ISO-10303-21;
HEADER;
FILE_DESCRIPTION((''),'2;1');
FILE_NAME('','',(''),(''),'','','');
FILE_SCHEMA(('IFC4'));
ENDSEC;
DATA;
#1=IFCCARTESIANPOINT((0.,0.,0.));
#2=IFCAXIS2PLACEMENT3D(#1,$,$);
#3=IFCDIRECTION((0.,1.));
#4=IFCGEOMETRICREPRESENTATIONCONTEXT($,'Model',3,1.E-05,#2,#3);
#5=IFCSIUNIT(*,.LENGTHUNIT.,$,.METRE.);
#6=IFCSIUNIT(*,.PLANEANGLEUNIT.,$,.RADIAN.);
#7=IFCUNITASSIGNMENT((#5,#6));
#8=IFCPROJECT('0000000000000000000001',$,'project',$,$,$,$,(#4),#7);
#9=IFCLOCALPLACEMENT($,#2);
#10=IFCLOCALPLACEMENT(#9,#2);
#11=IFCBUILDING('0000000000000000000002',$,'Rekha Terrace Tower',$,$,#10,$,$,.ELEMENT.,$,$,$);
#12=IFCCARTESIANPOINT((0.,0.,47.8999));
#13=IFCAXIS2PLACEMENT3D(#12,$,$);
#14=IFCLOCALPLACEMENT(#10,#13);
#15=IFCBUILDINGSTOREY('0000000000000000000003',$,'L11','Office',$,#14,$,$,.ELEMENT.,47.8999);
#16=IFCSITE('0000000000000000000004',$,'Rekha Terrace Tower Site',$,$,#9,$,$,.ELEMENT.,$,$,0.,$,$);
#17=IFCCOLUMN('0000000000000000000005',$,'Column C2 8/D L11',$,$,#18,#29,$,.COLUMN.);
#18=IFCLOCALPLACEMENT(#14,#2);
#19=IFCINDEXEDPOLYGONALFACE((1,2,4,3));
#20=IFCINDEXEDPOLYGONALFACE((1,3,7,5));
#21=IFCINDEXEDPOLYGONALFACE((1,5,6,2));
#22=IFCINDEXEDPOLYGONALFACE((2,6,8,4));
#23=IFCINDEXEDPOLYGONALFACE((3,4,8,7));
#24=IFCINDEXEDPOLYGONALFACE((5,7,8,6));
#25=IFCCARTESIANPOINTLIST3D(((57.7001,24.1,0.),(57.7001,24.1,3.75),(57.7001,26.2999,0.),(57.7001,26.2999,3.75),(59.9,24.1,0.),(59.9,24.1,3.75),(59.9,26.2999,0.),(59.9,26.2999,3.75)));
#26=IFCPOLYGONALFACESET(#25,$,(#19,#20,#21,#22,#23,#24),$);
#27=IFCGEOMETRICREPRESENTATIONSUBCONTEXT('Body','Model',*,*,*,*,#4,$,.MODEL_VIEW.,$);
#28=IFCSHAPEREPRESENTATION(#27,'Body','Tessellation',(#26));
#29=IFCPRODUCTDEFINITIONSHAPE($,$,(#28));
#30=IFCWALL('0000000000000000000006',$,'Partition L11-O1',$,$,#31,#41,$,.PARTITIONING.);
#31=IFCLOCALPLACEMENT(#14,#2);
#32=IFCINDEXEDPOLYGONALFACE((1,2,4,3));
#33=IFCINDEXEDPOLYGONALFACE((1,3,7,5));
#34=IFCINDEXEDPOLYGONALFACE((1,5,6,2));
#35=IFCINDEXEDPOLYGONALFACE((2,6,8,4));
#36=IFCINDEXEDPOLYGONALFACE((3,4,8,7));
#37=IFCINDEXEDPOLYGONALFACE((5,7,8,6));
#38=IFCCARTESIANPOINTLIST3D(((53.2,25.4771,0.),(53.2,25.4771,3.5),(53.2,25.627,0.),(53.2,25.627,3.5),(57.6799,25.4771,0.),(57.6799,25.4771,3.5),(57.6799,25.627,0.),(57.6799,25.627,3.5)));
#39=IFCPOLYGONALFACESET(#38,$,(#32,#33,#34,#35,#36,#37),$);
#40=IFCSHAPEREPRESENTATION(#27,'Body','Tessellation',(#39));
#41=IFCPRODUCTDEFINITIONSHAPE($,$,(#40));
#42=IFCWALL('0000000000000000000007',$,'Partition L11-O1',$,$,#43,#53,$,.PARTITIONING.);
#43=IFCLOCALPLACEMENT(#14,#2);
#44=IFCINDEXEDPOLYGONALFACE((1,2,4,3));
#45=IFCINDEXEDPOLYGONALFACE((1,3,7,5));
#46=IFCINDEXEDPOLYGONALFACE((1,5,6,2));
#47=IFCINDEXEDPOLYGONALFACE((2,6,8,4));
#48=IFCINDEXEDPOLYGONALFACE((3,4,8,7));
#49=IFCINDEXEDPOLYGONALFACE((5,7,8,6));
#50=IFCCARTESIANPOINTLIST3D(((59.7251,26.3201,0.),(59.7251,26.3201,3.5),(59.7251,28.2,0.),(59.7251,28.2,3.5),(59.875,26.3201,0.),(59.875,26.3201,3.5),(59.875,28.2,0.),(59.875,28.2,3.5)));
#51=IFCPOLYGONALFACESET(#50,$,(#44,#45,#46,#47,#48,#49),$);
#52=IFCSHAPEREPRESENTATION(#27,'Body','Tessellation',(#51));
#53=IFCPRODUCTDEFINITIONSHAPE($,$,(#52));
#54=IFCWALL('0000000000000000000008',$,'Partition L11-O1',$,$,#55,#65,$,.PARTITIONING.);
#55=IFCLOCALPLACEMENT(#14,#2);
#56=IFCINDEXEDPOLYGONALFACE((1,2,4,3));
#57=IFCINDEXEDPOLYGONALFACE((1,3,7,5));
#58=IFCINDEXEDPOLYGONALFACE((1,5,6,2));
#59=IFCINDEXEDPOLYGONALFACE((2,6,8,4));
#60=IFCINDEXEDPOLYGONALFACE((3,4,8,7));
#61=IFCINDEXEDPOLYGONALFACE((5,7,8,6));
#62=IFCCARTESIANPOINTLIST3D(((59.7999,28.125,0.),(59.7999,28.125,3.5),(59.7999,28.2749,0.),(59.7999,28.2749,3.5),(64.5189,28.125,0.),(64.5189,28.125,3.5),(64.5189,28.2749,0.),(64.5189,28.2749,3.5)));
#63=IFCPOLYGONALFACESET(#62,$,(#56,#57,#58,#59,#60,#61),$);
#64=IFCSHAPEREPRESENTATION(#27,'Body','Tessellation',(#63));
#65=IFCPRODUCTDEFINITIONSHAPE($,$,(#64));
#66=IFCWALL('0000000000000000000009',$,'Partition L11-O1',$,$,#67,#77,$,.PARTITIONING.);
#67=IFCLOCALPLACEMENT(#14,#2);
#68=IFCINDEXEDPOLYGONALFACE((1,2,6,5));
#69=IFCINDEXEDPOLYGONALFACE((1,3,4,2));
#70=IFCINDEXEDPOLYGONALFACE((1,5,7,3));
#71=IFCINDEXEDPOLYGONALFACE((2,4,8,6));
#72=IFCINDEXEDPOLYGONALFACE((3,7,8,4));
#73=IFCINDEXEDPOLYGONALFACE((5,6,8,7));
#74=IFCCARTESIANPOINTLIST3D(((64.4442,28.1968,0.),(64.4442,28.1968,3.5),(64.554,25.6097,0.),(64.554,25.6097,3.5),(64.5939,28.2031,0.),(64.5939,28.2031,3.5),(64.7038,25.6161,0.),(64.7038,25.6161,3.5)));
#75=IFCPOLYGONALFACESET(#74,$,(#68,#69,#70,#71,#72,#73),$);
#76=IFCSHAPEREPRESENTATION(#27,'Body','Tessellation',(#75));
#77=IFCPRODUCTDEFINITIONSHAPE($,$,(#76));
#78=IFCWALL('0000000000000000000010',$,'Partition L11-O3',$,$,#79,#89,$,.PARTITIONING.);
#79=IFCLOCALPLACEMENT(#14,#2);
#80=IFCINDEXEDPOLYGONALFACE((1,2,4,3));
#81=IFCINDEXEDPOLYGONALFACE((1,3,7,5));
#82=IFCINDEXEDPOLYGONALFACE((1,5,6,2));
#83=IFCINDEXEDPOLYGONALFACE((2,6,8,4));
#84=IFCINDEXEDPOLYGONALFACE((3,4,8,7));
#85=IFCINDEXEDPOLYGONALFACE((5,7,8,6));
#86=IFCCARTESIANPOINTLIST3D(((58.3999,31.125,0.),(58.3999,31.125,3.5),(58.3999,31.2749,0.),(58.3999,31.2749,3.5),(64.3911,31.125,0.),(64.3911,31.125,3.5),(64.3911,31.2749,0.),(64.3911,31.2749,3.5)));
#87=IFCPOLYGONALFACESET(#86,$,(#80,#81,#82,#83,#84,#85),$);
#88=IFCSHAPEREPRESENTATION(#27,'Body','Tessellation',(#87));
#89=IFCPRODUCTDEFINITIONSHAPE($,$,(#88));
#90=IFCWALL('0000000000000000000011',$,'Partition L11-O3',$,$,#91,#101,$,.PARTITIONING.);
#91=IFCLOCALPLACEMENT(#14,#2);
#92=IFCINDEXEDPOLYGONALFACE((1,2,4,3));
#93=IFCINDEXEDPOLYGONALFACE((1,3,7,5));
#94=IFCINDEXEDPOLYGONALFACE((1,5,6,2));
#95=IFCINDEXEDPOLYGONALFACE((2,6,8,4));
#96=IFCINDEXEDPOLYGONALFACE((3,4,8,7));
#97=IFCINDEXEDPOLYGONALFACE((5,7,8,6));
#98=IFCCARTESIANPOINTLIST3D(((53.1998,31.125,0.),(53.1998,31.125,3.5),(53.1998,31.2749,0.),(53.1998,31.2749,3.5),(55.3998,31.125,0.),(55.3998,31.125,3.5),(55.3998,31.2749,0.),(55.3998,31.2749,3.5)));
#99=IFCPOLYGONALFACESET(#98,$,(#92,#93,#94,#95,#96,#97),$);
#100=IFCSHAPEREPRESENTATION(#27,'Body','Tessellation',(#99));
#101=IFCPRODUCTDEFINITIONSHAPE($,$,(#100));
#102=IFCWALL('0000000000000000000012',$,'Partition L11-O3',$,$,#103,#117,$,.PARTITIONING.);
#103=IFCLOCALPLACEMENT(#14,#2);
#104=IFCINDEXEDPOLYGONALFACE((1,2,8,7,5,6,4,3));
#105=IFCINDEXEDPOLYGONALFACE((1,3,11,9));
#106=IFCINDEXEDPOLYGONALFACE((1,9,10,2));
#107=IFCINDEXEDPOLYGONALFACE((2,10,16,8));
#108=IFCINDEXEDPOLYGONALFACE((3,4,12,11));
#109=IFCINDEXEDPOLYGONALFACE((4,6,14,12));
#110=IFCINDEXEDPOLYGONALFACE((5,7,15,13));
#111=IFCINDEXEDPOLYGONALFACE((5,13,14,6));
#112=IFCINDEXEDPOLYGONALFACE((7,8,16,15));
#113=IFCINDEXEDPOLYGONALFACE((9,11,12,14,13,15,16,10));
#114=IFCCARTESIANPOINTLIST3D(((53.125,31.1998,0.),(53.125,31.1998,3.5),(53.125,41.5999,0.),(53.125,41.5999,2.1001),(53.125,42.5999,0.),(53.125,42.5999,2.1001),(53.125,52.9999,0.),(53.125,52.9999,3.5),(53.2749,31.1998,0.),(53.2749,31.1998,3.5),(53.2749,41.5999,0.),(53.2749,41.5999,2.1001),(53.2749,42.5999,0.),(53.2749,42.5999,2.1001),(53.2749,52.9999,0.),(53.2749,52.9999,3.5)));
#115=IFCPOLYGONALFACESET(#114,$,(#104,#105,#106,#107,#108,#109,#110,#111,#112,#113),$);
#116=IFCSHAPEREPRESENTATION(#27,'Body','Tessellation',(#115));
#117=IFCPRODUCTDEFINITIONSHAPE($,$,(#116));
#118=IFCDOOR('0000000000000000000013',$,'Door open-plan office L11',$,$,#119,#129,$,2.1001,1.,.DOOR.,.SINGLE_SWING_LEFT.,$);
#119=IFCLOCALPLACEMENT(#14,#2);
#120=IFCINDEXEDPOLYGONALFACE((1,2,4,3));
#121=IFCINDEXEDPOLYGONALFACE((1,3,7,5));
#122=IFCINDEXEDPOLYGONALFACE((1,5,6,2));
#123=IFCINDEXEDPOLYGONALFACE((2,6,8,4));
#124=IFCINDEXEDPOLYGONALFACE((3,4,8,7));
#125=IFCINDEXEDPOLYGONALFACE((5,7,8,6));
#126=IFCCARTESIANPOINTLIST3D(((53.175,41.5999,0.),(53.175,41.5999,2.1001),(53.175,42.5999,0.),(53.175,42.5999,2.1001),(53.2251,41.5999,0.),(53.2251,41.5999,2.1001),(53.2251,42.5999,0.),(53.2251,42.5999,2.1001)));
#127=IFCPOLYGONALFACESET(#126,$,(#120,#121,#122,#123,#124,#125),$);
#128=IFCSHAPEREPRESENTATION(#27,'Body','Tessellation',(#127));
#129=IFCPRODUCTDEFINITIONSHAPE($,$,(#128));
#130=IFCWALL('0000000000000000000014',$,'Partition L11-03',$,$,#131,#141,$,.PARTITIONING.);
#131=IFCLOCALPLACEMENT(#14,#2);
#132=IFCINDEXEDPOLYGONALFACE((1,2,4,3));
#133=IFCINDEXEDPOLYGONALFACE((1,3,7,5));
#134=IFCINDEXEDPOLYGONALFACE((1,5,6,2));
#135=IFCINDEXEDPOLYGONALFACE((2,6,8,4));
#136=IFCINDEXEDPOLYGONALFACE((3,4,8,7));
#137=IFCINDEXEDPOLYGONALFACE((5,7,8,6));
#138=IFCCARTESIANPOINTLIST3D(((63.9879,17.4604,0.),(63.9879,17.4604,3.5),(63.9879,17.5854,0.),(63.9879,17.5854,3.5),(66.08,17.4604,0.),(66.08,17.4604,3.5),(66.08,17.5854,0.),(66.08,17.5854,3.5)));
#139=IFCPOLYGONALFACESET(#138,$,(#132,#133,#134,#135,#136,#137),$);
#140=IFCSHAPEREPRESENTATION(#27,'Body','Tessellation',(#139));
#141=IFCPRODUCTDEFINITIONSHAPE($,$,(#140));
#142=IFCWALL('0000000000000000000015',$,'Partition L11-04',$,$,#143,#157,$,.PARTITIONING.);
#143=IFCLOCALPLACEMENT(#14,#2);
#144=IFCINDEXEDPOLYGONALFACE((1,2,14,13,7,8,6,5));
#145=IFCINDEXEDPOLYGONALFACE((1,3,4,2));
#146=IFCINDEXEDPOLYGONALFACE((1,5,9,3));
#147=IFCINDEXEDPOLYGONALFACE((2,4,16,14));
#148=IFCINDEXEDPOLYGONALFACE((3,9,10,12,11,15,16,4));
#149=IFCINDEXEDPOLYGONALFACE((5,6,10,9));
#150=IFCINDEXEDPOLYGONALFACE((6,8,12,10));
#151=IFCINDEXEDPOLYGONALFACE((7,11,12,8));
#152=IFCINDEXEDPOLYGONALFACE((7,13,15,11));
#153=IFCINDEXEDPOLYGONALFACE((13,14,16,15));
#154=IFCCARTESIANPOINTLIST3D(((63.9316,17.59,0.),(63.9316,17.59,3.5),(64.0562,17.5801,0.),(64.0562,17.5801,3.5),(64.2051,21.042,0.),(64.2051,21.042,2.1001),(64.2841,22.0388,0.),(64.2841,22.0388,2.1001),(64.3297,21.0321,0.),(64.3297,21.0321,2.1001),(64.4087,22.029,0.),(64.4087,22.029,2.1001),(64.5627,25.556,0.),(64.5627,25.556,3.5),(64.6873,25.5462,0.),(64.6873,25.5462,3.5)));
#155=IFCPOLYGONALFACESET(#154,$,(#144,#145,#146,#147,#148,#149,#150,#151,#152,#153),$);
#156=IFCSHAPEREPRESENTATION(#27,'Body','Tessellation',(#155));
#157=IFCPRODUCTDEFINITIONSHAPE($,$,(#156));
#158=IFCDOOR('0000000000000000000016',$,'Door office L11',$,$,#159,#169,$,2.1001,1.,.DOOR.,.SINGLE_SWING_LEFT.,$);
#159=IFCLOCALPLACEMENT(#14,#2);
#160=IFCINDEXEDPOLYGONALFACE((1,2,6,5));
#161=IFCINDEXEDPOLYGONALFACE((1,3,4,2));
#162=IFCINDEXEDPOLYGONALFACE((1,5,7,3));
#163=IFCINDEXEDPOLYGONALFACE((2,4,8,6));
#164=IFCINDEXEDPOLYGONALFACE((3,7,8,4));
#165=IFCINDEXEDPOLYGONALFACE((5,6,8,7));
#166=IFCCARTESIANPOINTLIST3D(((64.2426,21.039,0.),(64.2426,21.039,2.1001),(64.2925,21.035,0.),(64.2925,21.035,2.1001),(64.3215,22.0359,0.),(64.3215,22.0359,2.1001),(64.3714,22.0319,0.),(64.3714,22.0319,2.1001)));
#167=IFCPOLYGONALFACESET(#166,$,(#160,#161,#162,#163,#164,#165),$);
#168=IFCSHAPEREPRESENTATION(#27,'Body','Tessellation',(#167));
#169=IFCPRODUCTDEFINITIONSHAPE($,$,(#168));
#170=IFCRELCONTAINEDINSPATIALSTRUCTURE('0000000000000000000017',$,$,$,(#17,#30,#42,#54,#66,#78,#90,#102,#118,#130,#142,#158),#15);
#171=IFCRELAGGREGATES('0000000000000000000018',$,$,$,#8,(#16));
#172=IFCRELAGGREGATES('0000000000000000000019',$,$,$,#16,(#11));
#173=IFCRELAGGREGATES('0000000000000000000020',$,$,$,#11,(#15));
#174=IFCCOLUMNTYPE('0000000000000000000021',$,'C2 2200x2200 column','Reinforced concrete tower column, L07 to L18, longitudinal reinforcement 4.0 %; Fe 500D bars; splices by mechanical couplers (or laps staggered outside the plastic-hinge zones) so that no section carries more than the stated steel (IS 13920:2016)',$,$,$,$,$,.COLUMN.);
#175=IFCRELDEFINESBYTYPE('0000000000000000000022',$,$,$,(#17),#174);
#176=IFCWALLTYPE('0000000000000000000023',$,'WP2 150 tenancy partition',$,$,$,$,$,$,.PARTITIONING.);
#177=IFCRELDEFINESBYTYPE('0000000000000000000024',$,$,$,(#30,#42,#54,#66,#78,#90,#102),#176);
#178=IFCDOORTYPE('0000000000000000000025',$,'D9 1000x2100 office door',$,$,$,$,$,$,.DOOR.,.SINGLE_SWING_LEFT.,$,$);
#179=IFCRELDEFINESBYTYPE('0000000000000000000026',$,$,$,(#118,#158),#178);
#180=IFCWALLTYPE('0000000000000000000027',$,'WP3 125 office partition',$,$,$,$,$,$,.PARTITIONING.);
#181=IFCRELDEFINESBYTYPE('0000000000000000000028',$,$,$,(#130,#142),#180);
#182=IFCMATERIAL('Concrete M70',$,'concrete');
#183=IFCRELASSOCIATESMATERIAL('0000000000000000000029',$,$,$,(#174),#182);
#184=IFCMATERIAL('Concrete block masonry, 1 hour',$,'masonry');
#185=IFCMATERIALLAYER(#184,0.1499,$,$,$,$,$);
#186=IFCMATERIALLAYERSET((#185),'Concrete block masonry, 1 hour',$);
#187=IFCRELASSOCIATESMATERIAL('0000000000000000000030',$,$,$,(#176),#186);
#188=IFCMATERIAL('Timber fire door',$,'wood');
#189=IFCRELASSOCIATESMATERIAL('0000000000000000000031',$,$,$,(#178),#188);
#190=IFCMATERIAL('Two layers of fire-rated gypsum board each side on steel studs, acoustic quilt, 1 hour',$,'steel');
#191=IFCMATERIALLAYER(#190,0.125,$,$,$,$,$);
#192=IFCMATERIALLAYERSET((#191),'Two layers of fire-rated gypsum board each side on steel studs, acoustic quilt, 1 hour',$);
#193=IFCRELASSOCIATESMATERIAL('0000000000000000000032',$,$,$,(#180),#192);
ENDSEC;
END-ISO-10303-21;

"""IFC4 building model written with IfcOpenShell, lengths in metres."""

from ifc_helpers import new_model, si_unit, direction, frame, frame_2d, origin, origin_2d, place, context, subcontext, project, spatial, rectangle, extrude, material, layer, layer_set, material_profile, profile_set, type_object, element, fill, save


model = new_model("IFC4")

# Units and contexts
model_context = context("Model", 3, precision=1e-05, world=origin(), true_north=direction((0.0, 1.0)))
body_context = subcontext(model_context, "Body", "Model", "MODEL_VIEW")
ifc_project = project(units=[si_unit("LENGTHUNIT", "METRE"), si_unit("PLANEANGLEUNIT", "RADIAN")], contexts=[model_context])

# Site, building, storey
site_placement = place(None, origin())
site = spatial("IfcSite", under=ifc_project, at=site_placement, Name="Rekha Terrace Tower Site", CompositionType="ELEMENT", RefElevation=0.0)
building_placement = place(site_placement, origin())
building = spatial("IfcBuilding", under=site, at=building_placement, Name="Rekha Terrace Tower", CompositionType="ELEMENT")
storey_placement = place(building_placement, frame((0.0, 0.0, 47.8999)))
storey = spatial("IfcBuildingStorey", under=building, at=storey_placement, Name="L11", Description="Office", CompositionType="ELEMENT", Elevation=47.8999)

# Column
ifc_material_1 = material(Name="Concrete M70", Category="concrete")
ifc_material_profile = material_profile(ifc_material_1, rectangle(XDim=2.2, YDim=2.2, at=origin_2d()), Name="RC 2200x2200")
ifc_profile_set = profile_set([ifc_material_profile], Name="Concrete M70")
column_type = type_object("IfcColumnType", Name="C2 2200x2200 column", Description="Reinforced concrete tower column, L07 to L18, longitudinal reinforcement 4.0 %; Fe 500D bars; splices by mechanical couplers (or laps staggered outside the plastic-hinge zones) so that no section carries more than the stated steel (IS 13920:2016)", PredefinedType="COLUMN", material=ifc_profile_set)
column_placement = place(storey_placement, frame((58.8, 25.2, 0.0), z_axis=(0.0, 0.0, 1.0), x_axis=(1.0, 0.0, 0.0)))
element("IfcColumn", 1, at=column_placement, inside=storey, type_object=column_type, Name="Column C2 8/D L11", PredefinedType="COLUMN", context=body_context, shape_type="SweptSolid", body=[
    extrude(rectangle(XDim=2.2, YDim=2.2, at=origin_2d()), origin(), (0.0, 0.0, 1.0), 3.75),
])

# Walls
ifc_material_2 = material(Name="Concrete block masonry, 1 hour", Category="masonry")
ifc_layer_1 = layer(ifc_material_2, 0.1499)
ifc_layer_set_1 = layer_set([ifc_layer_1], Name="Concrete block masonry, 1 hour")
wall_type_1 = type_object("IfcWallType", Name="WP2 150 tenancy partition", PredefinedType="PARTITIONING", material=ifc_layer_set_1)
wall_1_placement = place(storey_placement, frame((53.2, 25.552, 0.0), z_axis=(0.0, 0.0, 1.0), x_axis=(1.0, 0.0, 0.0)))
element("IfcWall", 2, at=wall_1_placement, inside=storey, type_object=wall_type_1, Name="Partition L11-O1", PredefinedType="PARTITIONING", context=body_context, shape_type="SweptSolid", body=[
    extrude(rectangle(XDim=4.48, YDim=0.1499, at=frame_2d((2.24, 0.0))), origin(), (0.0, 0.0, 1.0), 3.5),
])
wall_2_placement = place(storey_placement, frame((59.8, 26.3201, 0.0), z_axis=(0.0, 0.0, 1.0), x_axis=(0.0, 1.0, 0.0)))
element("IfcWall", 3, at=wall_2_placement, inside=storey, type_object=wall_type_1, Name="Partition L11-O1", PredefinedType="PARTITIONING", context=body_context, shape_type="SweptSolid", body=[
    extrude(rectangle(XDim=1.8799, YDim=0.1499, at=frame_2d((0.9399, 0.0))), origin(), (0.0, 0.0, 1.0), 3.5),
])
wall_3_placement = place(storey_placement, frame((59.8, 28.2, 0.0), z_axis=(0.0, 0.0, 1.0), x_axis=(1.0, 0.0, 0.0)))
element("IfcWall", 4, at=wall_3_placement, inside=storey, type_object=wall_type_1, Name="Partition L11-O1", PredefinedType="PARTITIONING", context=body_context, shape_type="SweptSolid", body=[
    extrude(rectangle(XDim=4.719, YDim=0.1499, at=frame_2d((2.3594, 0.0))), origin(), (0.0, 0.0, 1.0), 3.5),
])
wall_4_placement = place(storey_placement, frame((64.519, 28.2, 0.0), z_axis=(0.0, 0.0, 1.0), x_axis=(0.042431, -0.999099, 0.0)))
element("IfcWall", 5, at=wall_4_placement, inside=storey, type_object=wall_type_1, Name="Partition L11-O1", PredefinedType="PARTITIONING", context=body_context, shape_type="SweptSolid", body=[
    extrude(rectangle(XDim=2.5894, YDim=0.1499, at=frame_2d((1.2947, 0.0))), origin(), (0.0, 0.0, 1.0), 3.5),
])
wall_5_placement = place(storey_placement, frame((64.3911, 31.2, 0.0), z_axis=(0.0, 0.0, 1.0), x_axis=(-1.0, 0.0, 0.0)))
element("IfcWall", 6, at=wall_5_placement, inside=storey, type_object=wall_type_1, Name="Partition L11-O3", PredefinedType="PARTITIONING", context=body_context, shape_type="SweptSolid", body=[
    extrude(rectangle(XDim=5.9912, YDim=0.1499, at=frame_2d((2.9956, 0.0))), origin(), (0.0, 0.0, 1.0), 3.5),
])
wall_6_placement = place(storey_placement, frame((55.3999, 31.2, 0.0), z_axis=(0.0, 0.0, 1.0), x_axis=(-1.0, 0.0, 0.0)))
element("IfcWall", 7, at=wall_6_placement, inside=storey, type_object=wall_type_1, Name="Partition L11-O3", PredefinedType="PARTITIONING", context=body_context, shape_type="SweptSolid", body=[
    extrude(rectangle(XDim=2.2, YDim=0.1499, at=frame_2d((1.1001, 0.0))), origin(), (0.0, 0.0, 1.0), 3.5),
])

# Wall, opening, door
wall_7_placement = place(storey_placement, frame((53.2, 31.2, 0.0), z_axis=(0.0, 0.0, 1.0), x_axis=(0.0, 1.0, 0.0)))
wall_7 = element("IfcWall", 8, at=wall_7_placement, inside=storey, type_object=wall_type_1, Name="Partition L11-O3", PredefinedType="PARTITIONING", context=body_context, shape_type="SweptSolid", body=[
    extrude(rectangle(XDim=21.8, YDim=0.1499, at=frame_2d((10.8999, 0.0))), origin(), (0.0, 0.0, 1.0), 3.5),
])
opening_1_placement = place(wall_7_placement, frame((10.3999, 0.0, 0.0)))
opening_1 = element("IfcOpeningElement", 9, at=opening_1_placement, cuts=wall_7, PredefinedType="OPENING", context=body_context, shape_type="SweptSolid", body=[
    extrude(rectangle(XDim=1.0, YDim=2.1001, at=frame_2d((0.5, 1.05))), frame((0.0, 0.085, 0.0), z_axis=(0.0, -1.0, 0.0), x_axis=(1.0, 0.0, 0.0)), (0.0, 0.0, 1.0), 0.1699),
])
ifc_material_3 = material(Name="Timber fire door", Category="wood")
door_type_1 = type_object("IfcDoorType", Name="D9 1000x2100 office door", OperationType="SINGLE_SWING_LEFT", PredefinedType="DOOR", material=ifc_material_3)
door_1_placement = place(opening_1_placement, origin())
door_1 = element("IfcDoor", 10, at=door_1_placement, inside=storey, type_object=door_type_1, Name="Door open-plan office L11", OperationType="SINGLE_SWING_LEFT", OverallHeight=2.1001, OverallWidth=1.0, PredefinedType="DOOR", context=body_context, shape_type="SweptSolid", body=[
    extrude(rectangle(XDim=1.0, YDim=2.1001, at=frame_2d((0.5, 1.05))), frame((0.0, 0.0249, 0.0), z_axis=(0.0, -1.0, 0.0), x_axis=(1.0, 0.0, 0.0)), (0.0, 0.0, 1.0), 0.05),
])
fill(opening_1, door_1)

# Wall
ifc_material_4 = material(Name="Two layers of fire-rated gypsum board each side on steel studs, acoustic quilt, 1 hour", Category="steel")
ifc_layer_2 = layer(ifc_material_4, 0.125)
ifc_layer_set_2 = layer_set([ifc_layer_2], Name="Two layers of fire-rated gypsum board each side on steel studs, acoustic quilt, 1 hour")
wall_type_2 = type_object("IfcWallType", Name="WP3 125 office partition", PredefinedType="PARTITIONING", material=ifc_layer_set_2)
wall_8_placement = place(storey_placement, frame((63.988, 17.5229, 0.0), z_axis=(0.0, 0.0, 1.0), x_axis=(1.0, 0.0, 0.0)))
element("IfcWall", 11, at=wall_8_placement, inside=storey, type_object=wall_type_2, Name="Partition L11-03", PredefinedType="PARTITIONING", context=body_context, shape_type="SweptSolid", body=[
    extrude(rectangle(XDim=2.092, YDim=0.125, at=frame_2d((1.0459, 0.0))), origin(), (0.0, 0.0, 1.0), 3.5),
])

# Wall, opening, door
wall_9_placement = place(storey_placement, frame((63.9939, 17.585, 0.0), z_axis=(0.0, 0.0, 1.0), x_axis=(0.078977, 0.996876, 0.0)))
wall_9 = element("IfcWall", 12, at=wall_9_placement, inside=storey, type_object=wall_type_2, Name="Partition L11-04", PredefinedType="PARTITIONING", context=body_context, shape_type="SweptSolid", body=[
    extrude(rectangle(XDim=7.991, YDim=0.125, at=frame_2d((3.9956, 0.0))), origin(), (0.0, 0.0, 1.0), 3.5),
])
opening_2_placement = place(wall_9_placement, frame((3.4629, 0.0, 0.0)))
opening_2 = element("IfcOpeningElement", 13, at=opening_2_placement, cuts=wall_9, PredefinedType="OPENING", context=body_context, shape_type="SweptSolid", body=[
    extrude(rectangle(XDim=1.0, YDim=2.1001, at=frame_2d((0.5, 1.05))), frame((0.0, 0.0725, 0.0), z_axis=(0.0, -1.0, 0.0), x_axis=(1.0, 0.0, 0.0)), (0.0, 0.0, 1.0), 0.145),
])
door_2_placement = place(opening_2_placement, origin())
door_2 = element("IfcDoor", 14, at=door_2_placement, inside=storey, type_object=door_type_1, Name="Door office L11", OperationType="SINGLE_SWING_LEFT", OverallHeight=2.1001, OverallWidth=1.0, PredefinedType="DOOR", context=body_context, shape_type="SweptSolid", body=[
    extrude(rectangle(XDim=1.0, YDim=2.1001, at=frame_2d((0.5, 1.05))), frame((0.0, 0.0249, 0.0), z_axis=(0.0, -1.0, 0.0), x_axis=(1.0, 0.0, 0.0)), (0.0, 0.0, 1.0), 0.05),
])
fill(opening_2, door_2)

save(model, "model.ifc")
